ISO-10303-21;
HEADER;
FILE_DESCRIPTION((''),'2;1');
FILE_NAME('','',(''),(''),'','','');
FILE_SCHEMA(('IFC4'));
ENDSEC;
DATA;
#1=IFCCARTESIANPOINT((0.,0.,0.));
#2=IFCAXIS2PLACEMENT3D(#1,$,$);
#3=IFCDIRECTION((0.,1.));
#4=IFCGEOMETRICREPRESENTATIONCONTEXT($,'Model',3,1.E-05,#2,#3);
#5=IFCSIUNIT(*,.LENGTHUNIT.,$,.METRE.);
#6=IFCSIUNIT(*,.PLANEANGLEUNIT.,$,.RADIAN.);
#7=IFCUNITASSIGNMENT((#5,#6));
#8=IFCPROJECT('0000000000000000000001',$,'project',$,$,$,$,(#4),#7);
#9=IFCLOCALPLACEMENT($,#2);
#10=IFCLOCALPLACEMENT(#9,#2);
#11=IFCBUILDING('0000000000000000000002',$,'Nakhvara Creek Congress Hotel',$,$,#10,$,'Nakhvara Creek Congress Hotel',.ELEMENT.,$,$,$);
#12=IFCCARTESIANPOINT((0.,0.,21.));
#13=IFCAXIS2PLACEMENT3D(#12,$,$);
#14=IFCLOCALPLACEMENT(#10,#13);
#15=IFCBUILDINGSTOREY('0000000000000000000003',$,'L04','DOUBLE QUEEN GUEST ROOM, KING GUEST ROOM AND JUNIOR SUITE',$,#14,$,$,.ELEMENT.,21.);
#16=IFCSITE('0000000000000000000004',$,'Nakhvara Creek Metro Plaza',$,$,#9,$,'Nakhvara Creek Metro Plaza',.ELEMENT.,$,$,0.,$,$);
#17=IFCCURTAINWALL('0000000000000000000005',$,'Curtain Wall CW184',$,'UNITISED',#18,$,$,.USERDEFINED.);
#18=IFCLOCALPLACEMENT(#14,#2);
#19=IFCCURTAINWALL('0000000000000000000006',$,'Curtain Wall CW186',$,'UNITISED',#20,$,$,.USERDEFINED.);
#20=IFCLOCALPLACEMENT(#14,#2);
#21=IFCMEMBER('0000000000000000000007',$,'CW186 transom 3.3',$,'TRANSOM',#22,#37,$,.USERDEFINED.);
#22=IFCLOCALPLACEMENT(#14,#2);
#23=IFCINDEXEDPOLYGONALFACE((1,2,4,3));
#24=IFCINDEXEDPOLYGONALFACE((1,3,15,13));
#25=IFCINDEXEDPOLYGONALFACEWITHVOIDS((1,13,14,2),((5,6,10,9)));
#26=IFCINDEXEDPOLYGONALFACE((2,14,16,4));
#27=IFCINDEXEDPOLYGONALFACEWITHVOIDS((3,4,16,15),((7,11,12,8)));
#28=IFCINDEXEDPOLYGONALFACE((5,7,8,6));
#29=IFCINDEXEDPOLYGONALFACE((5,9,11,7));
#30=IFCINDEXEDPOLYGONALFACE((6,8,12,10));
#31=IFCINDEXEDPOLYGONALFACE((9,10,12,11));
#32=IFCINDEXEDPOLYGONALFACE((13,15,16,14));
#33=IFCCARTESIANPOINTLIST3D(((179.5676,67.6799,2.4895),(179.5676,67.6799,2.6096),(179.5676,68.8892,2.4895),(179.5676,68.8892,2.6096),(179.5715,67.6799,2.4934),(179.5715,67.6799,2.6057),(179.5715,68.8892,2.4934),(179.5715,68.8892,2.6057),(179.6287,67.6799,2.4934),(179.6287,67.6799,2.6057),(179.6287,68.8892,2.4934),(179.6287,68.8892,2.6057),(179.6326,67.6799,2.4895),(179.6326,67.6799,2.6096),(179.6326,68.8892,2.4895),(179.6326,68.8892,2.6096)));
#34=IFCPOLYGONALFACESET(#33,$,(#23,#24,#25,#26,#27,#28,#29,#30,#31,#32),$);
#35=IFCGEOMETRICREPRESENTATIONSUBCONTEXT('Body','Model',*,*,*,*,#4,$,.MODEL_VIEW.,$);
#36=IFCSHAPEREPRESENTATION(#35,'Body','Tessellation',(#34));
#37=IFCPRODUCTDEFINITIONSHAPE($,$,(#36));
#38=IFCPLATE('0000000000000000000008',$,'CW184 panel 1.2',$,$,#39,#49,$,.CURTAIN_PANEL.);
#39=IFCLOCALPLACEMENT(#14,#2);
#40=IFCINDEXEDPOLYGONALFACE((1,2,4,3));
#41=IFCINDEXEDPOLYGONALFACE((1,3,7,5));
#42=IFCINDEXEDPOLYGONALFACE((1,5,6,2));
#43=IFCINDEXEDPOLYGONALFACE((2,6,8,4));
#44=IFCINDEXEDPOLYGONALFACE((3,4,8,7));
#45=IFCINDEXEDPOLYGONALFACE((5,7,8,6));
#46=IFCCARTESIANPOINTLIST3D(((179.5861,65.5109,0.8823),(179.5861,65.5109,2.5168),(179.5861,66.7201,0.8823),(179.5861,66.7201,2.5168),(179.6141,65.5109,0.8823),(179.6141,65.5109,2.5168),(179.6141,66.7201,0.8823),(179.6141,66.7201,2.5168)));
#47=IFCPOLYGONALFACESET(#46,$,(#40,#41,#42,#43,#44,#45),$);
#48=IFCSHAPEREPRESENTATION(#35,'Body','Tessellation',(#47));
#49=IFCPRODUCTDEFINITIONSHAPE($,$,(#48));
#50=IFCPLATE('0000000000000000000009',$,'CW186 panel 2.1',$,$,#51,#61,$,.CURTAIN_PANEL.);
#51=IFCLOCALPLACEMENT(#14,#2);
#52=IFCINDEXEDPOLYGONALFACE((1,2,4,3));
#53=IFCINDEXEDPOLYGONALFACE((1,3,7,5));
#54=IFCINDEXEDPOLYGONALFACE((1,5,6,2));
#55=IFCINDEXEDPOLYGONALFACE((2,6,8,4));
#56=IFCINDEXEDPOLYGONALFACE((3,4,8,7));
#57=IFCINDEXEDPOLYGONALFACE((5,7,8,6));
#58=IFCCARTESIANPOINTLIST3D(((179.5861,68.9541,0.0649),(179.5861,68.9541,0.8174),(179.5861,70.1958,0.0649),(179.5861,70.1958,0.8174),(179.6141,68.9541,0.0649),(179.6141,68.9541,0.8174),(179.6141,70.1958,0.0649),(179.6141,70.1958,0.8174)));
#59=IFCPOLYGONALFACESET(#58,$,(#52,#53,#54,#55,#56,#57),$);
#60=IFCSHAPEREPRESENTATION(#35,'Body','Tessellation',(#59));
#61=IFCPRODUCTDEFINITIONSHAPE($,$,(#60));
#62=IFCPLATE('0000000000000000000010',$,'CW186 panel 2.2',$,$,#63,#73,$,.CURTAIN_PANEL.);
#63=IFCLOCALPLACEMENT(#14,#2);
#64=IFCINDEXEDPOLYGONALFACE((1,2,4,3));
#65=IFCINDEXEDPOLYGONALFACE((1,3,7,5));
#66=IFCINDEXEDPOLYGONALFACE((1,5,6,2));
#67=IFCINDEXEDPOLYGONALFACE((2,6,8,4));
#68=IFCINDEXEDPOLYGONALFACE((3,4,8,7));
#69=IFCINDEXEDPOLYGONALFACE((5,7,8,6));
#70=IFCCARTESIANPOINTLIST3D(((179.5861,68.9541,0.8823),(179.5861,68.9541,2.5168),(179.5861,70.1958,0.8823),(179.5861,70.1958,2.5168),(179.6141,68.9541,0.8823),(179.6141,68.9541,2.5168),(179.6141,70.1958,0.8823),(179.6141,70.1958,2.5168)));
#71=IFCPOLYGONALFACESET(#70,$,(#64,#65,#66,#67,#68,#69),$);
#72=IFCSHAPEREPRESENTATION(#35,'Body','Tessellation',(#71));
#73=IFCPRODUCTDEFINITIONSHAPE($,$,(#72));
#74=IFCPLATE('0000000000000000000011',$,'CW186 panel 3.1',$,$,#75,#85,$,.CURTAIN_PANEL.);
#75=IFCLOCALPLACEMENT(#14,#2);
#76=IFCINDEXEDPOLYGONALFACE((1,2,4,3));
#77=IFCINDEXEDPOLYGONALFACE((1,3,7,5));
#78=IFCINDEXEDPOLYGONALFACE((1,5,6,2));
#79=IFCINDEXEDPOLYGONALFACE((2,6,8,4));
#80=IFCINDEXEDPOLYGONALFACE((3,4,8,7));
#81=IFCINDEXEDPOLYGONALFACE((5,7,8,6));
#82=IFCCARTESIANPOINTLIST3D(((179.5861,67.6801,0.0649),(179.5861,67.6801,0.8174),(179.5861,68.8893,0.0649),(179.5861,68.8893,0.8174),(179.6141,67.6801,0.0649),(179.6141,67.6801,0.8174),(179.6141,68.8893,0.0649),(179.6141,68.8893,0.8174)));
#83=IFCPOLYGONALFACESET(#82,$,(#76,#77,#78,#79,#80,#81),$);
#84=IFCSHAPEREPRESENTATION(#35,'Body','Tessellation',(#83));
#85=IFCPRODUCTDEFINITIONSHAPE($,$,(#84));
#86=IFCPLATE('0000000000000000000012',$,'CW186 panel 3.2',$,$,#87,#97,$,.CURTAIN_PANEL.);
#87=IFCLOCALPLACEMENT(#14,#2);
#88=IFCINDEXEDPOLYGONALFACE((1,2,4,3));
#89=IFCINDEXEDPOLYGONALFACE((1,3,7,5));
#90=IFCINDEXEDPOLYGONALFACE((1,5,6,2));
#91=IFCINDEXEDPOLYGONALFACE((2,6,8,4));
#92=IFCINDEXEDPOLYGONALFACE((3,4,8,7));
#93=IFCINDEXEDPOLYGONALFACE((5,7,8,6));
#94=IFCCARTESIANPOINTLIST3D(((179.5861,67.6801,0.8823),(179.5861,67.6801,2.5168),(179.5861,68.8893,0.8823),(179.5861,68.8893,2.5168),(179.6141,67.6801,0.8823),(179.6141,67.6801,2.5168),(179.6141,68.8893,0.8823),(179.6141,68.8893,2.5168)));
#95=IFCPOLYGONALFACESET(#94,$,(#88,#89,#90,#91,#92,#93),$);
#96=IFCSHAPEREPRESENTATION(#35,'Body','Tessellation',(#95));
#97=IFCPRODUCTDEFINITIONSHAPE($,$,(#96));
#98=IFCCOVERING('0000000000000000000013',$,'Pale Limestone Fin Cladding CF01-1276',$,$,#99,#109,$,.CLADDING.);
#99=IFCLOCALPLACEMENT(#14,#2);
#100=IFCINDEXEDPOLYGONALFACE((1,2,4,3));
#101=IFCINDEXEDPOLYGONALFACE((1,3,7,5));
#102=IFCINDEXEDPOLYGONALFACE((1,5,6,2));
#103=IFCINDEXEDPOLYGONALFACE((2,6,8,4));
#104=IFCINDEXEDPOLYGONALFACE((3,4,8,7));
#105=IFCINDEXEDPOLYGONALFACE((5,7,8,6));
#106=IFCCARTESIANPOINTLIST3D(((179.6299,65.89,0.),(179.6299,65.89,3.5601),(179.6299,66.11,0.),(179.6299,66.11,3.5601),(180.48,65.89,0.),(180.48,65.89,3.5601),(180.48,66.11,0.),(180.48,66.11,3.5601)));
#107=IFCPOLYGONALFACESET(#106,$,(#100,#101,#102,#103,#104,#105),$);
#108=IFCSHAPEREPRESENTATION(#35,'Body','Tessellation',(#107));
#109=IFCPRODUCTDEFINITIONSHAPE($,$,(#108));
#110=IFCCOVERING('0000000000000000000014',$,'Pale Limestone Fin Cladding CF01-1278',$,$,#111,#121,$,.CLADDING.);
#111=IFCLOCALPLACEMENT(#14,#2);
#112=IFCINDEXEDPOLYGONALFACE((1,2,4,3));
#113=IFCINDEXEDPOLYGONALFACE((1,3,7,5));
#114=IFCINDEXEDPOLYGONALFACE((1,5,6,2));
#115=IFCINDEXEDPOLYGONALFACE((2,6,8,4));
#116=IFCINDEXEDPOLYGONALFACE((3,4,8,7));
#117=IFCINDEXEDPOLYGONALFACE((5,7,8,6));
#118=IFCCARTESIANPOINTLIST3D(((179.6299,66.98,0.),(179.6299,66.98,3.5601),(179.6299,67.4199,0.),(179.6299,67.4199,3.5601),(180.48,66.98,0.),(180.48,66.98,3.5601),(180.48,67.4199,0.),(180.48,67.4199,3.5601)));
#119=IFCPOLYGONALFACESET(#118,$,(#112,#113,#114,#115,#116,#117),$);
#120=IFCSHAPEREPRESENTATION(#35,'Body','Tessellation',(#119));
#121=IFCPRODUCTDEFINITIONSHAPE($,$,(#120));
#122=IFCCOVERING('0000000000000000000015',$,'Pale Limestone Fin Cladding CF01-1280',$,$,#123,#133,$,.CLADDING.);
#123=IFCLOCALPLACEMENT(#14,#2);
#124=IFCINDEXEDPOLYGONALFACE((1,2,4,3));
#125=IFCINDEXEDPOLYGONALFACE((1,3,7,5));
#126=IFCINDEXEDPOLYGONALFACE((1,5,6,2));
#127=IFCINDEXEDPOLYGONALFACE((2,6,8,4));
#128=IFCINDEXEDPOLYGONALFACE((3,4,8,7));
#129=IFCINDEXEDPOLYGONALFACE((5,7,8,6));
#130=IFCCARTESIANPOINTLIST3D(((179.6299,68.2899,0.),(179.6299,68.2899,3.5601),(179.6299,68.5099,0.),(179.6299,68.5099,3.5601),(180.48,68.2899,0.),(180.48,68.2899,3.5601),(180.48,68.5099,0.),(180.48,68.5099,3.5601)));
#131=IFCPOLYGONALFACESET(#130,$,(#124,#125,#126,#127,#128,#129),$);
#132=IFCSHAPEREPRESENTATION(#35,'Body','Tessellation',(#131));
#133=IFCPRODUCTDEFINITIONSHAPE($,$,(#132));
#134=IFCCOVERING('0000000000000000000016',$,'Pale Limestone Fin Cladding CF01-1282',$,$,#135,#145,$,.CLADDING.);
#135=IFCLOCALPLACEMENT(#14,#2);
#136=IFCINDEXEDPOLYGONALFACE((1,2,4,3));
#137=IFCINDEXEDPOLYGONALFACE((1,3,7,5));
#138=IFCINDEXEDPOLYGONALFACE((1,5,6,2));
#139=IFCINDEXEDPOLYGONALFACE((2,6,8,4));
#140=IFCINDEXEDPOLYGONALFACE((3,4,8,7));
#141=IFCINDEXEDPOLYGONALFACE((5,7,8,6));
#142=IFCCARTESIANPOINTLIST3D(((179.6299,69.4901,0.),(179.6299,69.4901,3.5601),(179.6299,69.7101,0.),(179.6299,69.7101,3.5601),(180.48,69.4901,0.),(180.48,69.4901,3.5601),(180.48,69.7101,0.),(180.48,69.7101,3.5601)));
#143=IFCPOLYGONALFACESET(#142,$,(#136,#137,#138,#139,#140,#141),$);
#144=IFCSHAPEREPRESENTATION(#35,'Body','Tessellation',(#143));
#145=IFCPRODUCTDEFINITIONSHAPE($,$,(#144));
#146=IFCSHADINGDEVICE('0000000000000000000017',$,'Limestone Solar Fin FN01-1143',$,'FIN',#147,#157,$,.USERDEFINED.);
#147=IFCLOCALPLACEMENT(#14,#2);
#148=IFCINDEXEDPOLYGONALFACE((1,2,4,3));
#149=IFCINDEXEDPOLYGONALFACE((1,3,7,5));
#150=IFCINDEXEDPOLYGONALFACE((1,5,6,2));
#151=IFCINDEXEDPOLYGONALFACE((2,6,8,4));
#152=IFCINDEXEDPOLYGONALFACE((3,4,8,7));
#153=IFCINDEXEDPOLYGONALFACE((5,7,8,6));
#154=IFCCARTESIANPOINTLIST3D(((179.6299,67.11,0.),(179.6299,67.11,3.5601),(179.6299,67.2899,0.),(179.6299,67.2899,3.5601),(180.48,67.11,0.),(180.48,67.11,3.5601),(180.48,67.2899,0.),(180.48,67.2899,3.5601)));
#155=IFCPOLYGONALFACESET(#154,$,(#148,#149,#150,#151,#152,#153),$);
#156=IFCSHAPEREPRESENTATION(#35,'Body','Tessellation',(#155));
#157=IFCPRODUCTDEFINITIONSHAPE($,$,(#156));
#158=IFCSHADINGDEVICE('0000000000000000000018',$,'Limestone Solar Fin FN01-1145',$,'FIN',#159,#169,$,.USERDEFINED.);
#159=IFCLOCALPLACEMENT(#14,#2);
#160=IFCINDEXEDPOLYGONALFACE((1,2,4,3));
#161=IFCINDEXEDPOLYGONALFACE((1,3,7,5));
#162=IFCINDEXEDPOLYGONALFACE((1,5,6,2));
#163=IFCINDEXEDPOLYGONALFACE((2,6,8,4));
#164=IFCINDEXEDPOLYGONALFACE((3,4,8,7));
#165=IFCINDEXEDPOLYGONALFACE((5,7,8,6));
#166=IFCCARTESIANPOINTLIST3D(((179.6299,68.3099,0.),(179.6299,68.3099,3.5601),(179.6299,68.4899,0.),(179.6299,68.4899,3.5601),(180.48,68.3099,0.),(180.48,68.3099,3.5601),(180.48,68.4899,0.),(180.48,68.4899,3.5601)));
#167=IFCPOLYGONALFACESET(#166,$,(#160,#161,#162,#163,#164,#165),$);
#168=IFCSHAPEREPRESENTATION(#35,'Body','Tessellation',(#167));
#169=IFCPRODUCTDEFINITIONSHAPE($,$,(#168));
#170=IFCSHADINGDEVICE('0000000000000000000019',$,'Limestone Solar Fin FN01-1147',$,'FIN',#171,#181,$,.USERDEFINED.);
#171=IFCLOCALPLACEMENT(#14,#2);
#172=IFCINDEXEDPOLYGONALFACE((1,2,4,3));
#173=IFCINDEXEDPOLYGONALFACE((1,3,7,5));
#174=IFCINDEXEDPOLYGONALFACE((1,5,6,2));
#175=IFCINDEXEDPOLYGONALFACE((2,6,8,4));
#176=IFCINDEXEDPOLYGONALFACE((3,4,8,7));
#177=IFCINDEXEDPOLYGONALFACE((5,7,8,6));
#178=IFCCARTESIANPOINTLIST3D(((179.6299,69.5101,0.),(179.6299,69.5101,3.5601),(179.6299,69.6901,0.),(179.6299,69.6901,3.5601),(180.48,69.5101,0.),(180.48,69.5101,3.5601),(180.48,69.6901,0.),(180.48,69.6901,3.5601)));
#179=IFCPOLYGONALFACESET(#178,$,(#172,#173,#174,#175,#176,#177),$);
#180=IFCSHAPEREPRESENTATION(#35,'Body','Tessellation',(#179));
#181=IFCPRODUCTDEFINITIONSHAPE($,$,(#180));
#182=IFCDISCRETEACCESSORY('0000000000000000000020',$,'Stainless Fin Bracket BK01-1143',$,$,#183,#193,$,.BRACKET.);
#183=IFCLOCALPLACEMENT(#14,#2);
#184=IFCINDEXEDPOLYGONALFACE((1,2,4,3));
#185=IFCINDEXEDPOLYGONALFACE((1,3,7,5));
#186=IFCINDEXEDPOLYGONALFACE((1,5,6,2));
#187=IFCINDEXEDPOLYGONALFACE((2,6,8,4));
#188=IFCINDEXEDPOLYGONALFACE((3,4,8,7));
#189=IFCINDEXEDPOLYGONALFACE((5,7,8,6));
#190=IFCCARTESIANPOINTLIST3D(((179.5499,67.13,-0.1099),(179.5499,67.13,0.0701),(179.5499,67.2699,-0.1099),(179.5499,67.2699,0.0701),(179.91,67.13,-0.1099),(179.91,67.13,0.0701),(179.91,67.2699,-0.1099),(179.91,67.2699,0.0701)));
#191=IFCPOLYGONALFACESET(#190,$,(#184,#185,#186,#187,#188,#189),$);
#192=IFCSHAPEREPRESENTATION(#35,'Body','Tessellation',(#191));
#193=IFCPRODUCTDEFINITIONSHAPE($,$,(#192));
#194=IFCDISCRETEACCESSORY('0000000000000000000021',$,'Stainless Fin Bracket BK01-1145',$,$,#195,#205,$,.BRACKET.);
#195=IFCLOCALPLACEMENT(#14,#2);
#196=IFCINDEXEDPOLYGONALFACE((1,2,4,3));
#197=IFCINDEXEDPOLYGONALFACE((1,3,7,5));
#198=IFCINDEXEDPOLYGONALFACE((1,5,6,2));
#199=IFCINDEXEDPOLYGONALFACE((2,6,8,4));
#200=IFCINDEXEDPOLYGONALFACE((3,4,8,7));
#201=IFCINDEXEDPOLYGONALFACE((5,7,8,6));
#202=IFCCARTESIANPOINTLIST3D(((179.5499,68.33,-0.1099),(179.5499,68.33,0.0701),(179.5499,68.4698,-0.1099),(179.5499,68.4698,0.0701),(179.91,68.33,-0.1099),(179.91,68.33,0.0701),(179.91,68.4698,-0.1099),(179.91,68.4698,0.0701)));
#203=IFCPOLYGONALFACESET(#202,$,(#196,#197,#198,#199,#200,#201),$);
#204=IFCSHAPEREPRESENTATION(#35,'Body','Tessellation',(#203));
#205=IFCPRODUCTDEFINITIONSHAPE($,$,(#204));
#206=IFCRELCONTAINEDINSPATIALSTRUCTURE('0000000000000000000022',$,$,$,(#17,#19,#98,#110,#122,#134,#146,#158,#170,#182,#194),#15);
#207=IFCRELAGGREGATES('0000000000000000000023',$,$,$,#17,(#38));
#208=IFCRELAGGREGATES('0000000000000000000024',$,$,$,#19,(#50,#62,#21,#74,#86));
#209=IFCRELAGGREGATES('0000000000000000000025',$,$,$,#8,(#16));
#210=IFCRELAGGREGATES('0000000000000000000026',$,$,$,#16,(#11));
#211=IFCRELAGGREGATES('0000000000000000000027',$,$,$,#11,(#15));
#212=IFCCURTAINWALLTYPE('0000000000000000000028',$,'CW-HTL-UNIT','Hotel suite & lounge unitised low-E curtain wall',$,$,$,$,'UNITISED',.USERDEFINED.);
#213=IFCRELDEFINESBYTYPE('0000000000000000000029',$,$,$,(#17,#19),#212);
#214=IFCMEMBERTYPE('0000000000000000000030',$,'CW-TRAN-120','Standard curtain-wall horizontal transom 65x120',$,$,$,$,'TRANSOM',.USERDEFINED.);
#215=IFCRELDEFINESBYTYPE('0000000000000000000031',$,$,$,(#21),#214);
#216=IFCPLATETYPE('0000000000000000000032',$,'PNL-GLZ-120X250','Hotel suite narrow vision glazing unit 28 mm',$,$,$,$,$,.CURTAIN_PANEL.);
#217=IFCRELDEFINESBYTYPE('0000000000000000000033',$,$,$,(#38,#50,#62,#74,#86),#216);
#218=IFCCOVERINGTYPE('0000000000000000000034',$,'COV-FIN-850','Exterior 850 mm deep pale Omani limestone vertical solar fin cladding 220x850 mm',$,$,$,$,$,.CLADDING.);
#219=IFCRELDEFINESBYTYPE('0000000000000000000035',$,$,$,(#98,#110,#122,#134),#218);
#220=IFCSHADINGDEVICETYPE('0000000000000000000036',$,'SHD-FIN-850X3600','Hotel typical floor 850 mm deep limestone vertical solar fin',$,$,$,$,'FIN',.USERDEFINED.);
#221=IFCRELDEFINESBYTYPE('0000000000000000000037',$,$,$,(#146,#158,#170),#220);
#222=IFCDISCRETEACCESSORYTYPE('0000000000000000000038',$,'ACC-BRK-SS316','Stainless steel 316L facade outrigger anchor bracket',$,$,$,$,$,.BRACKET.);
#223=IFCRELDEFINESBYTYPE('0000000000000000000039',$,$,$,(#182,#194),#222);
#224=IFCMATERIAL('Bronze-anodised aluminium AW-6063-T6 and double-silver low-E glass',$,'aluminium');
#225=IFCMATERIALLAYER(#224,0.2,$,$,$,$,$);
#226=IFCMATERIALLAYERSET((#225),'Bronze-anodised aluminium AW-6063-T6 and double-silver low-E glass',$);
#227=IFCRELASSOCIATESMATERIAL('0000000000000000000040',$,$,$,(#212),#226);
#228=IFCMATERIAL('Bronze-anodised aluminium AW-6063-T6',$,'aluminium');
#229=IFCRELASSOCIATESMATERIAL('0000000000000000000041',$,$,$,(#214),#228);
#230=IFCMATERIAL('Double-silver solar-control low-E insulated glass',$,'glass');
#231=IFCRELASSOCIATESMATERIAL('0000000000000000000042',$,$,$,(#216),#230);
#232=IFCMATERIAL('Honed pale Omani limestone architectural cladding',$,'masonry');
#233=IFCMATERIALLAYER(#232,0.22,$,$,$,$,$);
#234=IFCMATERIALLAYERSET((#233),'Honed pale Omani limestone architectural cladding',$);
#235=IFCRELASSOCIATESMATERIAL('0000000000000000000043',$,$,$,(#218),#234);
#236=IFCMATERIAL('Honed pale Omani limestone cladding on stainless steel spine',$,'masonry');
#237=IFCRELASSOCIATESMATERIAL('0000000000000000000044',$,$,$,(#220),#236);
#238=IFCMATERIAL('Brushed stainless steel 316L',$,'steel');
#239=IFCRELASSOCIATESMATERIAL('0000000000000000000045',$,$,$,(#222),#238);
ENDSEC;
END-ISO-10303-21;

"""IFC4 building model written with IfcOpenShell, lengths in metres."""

from ifc_helpers import new_model, si_unit, direction, frame, origin, origin_2d, place, context, subcontext, project, spatial, rectangle, hollow_rectangle, extrude, material, layer, layer_set, material_profile, profile_set, type_object, element, aggregate, save


model = new_model("IFC4")

# Units and contexts
model_context = context("Model", 3, precision=1e-05, world=origin(), true_north=direction((0.0, 1.0)))
body_context = subcontext(model_context, "Body", "Model", "MODEL_VIEW")
ifc_project = project(units=[si_unit("LENGTHUNIT", "METRE"), si_unit("PLANEANGLEUNIT", "RADIAN")], contexts=[model_context])

# Site, building, storey
site_placement = place(None, origin())
site = spatial("IfcSite", under=ifc_project, at=site_placement, Name="Nakhvara Creek Metro Plaza", LongName="Nakhvara Creek Metro Plaza", CompositionType="ELEMENT", RefElevation=0.0)
building_placement = place(site_placement, origin())
building = spatial("IfcBuilding", under=site, at=building_placement, Name="Nakhvara Creek Congress Hotel", LongName="Nakhvara Creek Congress Hotel", CompositionType="ELEMENT")
storey_placement = place(building_placement, frame((0.0, 0.0, 21.0)))
storey = spatial("IfcBuildingStorey", under=building, at=storey_placement, Name="L04", Description="DOUBLE QUEEN GUEST ROOM, KING GUEST ROOM AND JUNIOR SUITE", CompositionType="ELEMENT", Elevation=21.0)

# Curtain wall
ifc_material_1 = material(Name="Bronze-anodised aluminium AW-6063-T6 and double-silver low-E glass", Category="aluminium")
ifc_layer_1 = layer(ifc_material_1, 0.2)
ifc_layer_set_1 = layer_set([ifc_layer_1], Name="Bronze-anodised aluminium AW-6063-T6 and double-silver low-E glass")
curtain_wall_type = type_object("IfcCurtainWallType", Name="CW-HTL-UNIT", Description="Hotel suite & lounge unitised low-E curtain wall", ElementType="UNITISED", PredefinedType="USERDEFINED", material=ifc_layer_set_1)
curtain_wall_1_placement = place(storey_placement, origin())
curtain_wall_1 = element("IfcCurtainWall", 1, at=curtain_wall_1_placement, inside=storey, type_object=curtain_wall_type, Name="Curtain Wall CW184", ObjectType="UNITISED", PredefinedType="USERDEFINED")
ifc_material_2 = material(Name="Bronze-anodised aluminium AW-6063-T6", Category="aluminium")

# Curtain wall
curtain_wall_2_placement = place(storey_placement, origin())
curtain_wall_2 = element("IfcCurtainWall", 2, at=curtain_wall_2_placement, inside=storey, type_object=curtain_wall_type, Name="Curtain Wall CW186", ObjectType="UNITISED", PredefinedType="USERDEFINED")

# Member
ifc_material_profile_1 = material_profile(ifc_material_2, hollow_rectangle(XDim=0.0649, YDim=0.1201, WallThickness=0.0039, at=origin_2d()), Name="ALU-TRAN 65x120x4", Category="LoadBearing")
ifc_profile_set_1 = profile_set([ifc_material_profile_1], Name="Bronze-anodised aluminium AW-6063-T6")
member_type_1 = type_object("IfcMemberType", Name="CW-TRAN-120", Description="Standard curtain-wall horizontal transom 65x120", ElementType="TRANSOM", PredefinedType="USERDEFINED", material=ifc_profile_set_1)
member_1_placement = place(storey_placement, frame((179.6001, 68.8892, 2.5496), z_axis=(0.0, -1.0, 0.0), x_axis=(1.0, 0.0, 0.0)))
member_1 = element("IfcMember", 3, at=member_1_placement, type_object=member_type_1, Name="CW186 transom 3.3", ObjectType="TRANSOM", PredefinedType="USERDEFINED", context=body_context, shape_type="SweptSolid", body=[
    extrude(hollow_rectangle(XDim=0.0649, YDim=0.1201, WallThickness=0.0039, at=origin_2d()), origin(), (0.0, 0.0, 1.0), 1.2092),
])

# Plates
ifc_material_3 = material(Name="Double-silver solar-control low-E insulated glass", Category="glass")
plate_type = type_object("IfcPlateType", Name="PNL-GLZ-120X250", Description="Hotel suite narrow vision glazing unit 28 mm", PredefinedType="CURTAIN_PANEL", material=ifc_material_3)
plate_1_placement = place(storey_placement, frame((179.6001, 66.1155, 0.8823), z_axis=(0.0, 0.0, 1.0), x_axis=(0.0, -1.0, 0.0)))
plate_1 = element("IfcPlate", 4, at=plate_1_placement, type_object=plate_type, Name="CW184 panel 1.2", PredefinedType="CURTAIN_PANEL", context=body_context, shape_type="SweptSolid", body=[
    extrude(rectangle(XDim=1.2092, YDim=0.0281, at=origin_2d()), origin(), (0.0, 0.0, 1.0), 1.6345),
])
aggregate(curtain_wall_1, [plate_1])
plate_2_placement = place(storey_placement, frame((179.6001, 69.575, 0.0649), z_axis=(0.0, 0.0, 1.0), x_axis=(0.0, -1.0, 0.0)))
plate_2 = element("IfcPlate", 5, at=plate_2_placement, type_object=plate_type, Name="CW186 panel 2.1", PredefinedType="CURTAIN_PANEL", context=body_context, shape_type="SweptSolid", body=[
    extrude(rectangle(XDim=1.2417, YDim=0.0281, at=origin_2d()), origin(), (0.0, 0.0, 1.0), 0.7524),
])
plate_3_placement = place(storey_placement, frame((179.6001, 69.575, 0.8823), z_axis=(0.0, 0.0, 1.0), x_axis=(0.0, -1.0, 0.0)))
plate_3 = element("IfcPlate", 6, at=plate_3_placement, type_object=plate_type, Name="CW186 panel 2.2", PredefinedType="CURTAIN_PANEL", context=body_context, shape_type="SweptSolid", body=[
    extrude(rectangle(XDim=1.2417, YDim=0.0281, at=origin_2d()), origin(), (0.0, 0.0, 1.0), 1.6345),
])
plate_4_placement = place(storey_placement, frame((179.6001, 68.2847, 0.0649), z_axis=(0.0, 0.0, 1.0), x_axis=(0.0, -1.0, 0.0)))
plate_4 = element("IfcPlate", 7, at=plate_4_placement, type_object=plate_type, Name="CW186 panel 3.1", PredefinedType="CURTAIN_PANEL", context=body_context, shape_type="SweptSolid", body=[
    extrude(rectangle(XDim=1.2092, YDim=0.0281, at=origin_2d()), origin(), (0.0, 0.0, 1.0), 0.7524),
])
plate_5_placement = place(storey_placement, frame((179.6001, 68.2847, 0.8823), z_axis=(0.0, 0.0, 1.0), x_axis=(0.0, -1.0, 0.0)))
plate_5 = element("IfcPlate", 8, at=plate_5_placement, type_object=plate_type, Name="CW186 panel 3.2", PredefinedType="CURTAIN_PANEL", context=body_context, shape_type="SweptSolid", body=[
    extrude(rectangle(XDim=1.2092, YDim=0.0281, at=origin_2d()), origin(), (0.0, 0.0, 1.0), 1.6345),
])
aggregate(curtain_wall_2, [plate_2, plate_3, member_1, plate_4, plate_5])

# Coverings
ifc_material_4 = material(Name="Honed pale Omani limestone architectural cladding", Category="masonry")
ifc_layer_2 = layer(ifc_material_4, 0.22)
ifc_layer_set_2 = layer_set([ifc_layer_2], Name="Honed pale Omani limestone architectural cladding")
covering_type = type_object("IfcCoveringType", Name="COV-FIN-850", Description="Exterior 850 mm deep pale Omani limestone vertical solar fin cladding 220x850 mm", PredefinedType="CLADDING", material=ifc_layer_set_2)
covering_1_placement = place(storey_placement, frame((180.0549, 66.0, 0.0), z_axis=(0.0, 0.0, 1.0), x_axis=(0.0, 1.0, 0.0)))
element("IfcCovering", 9, at=covering_1_placement, inside=storey, type_object=covering_type, Name="Pale Limestone Fin Cladding CF01-1276", PredefinedType="CLADDING", context=body_context, shape_type="SweptSolid", body=[
    extrude(rectangle(XDim=0.22, YDim=0.8501, at=origin_2d()), origin(), (0.0, 0.0, 1.0), 3.5601),
])
covering_2_placement = place(storey_placement, frame((180.0549, 67.2, 0.0), z_axis=(0.0, 0.0, 1.0), x_axis=(0.0, 1.0, 0.0)))
element("IfcCovering", 10, at=covering_2_placement, inside=storey, type_object=covering_type, Name="Pale Limestone Fin Cladding CF01-1278", PredefinedType="CLADDING", context=body_context, shape_type="SweptSolid", body=[
    extrude(rectangle(XDim=0.4399, YDim=0.8501, at=origin_2d()), origin(), (0.0, 0.0, 1.0), 3.5601),
])
for number, where, z_axis, x_axis, name in (
    (11, (180.0549, 68.3999, 0.0), (0.0, 0.0, 1.0), (0.0, 1.0, 0.0), "Pale Limestone Fin Cladding CF01-1280"),
    (12, (180.0549, 69.6001, 0.0), (0.0, 0.0, 1.0), (0.0, 1.0, 0.0), "Pale Limestone Fin Cladding CF01-1282"),
):
    element("IfcCovering", number, at=place(storey_placement, frame(where, z_axis=z_axis, x_axis=x_axis)), inside=storey, type_object=covering_type, Name=name, PredefinedType="CLADDING", context=body_context, shape_type="SweptSolid", body=[
        extrude(rectangle(XDim=0.22, YDim=0.8501, at=origin_2d()), origin(), (0.0, 0.0, 1.0), 3.5601),
    ])

# Shading devices
ifc_material_5 = material(Name="Honed pale Omani limestone cladding on stainless steel spine", Category="masonry")
shading_device_type = type_object("IfcShadingDeviceType", Name="SHD-FIN-850X3600", Description="Hotel typical floor 850 mm deep limestone vertical solar fin", ElementType="FIN", PredefinedType="USERDEFINED", material=ifc_material_5)
for number, where, z_axis, x_axis, name in (
    (13, (180.0549, 67.2, 0.0), (0.0, 0.0, 1.0), (0.0, 1.0, 0.0), "Limestone Solar Fin FN01-1143"),
    (14, (180.0549, 68.3999, 0.0), (0.0, 0.0, 1.0), (0.0, 1.0, 0.0), "Limestone Solar Fin FN01-1145"),
    (15, (180.0549, 69.6001, 0.0), (0.0, 0.0, 1.0), (0.0, 1.0, 0.0), "Limestone Solar Fin FN01-1147"),
):
    element("IfcShadingDevice", number, at=place(storey_placement, frame(where, z_axis=z_axis, x_axis=x_axis)), inside=storey, type_object=shading_device_type, Name=name, ObjectType="FIN", PredefinedType="USERDEFINED", context=body_context, shape_type="SweptSolid", body=[
        extrude(rectangle(XDim=0.1799, YDim=0.8501, at=origin_2d()), origin(), (0.0, 0.0, 1.0), 3.5601),
    ])

# Discrete accessories
ifc_material_6 = material(Name="Brushed stainless steel 316L", Category="steel")
discrete_accessory_type = type_object("IfcDiscreteAccessoryType", Name="ACC-BRK-SS316", Description="Stainless steel 316L facade outrigger anchor bracket", PredefinedType="BRACKET", material=ifc_material_6)
for number, where, z_axis, x_axis, name in (
    (16, (179.73, 67.2, -0.1099), (0.0, 0.0, 1.0), (0.0, 1.0, 0.0), "Stainless Fin Bracket BK01-1143"),
    (17, (179.73, 68.3999, -0.1099), (0.0, 0.0, 1.0), (0.0, 1.0, 0.0), "Stainless Fin Bracket BK01-1145"),
):
    element("IfcDiscreteAccessory", number, at=place(storey_placement, frame(where, z_axis=z_axis, x_axis=x_axis)), inside=storey, type_object=discrete_accessory_type, Name=name, PredefinedType="BRACKET", context=body_context, shape_type="SweptSolid", body=[
        extrude(rectangle(XDim=0.1399, YDim=0.3601, at=origin_2d()), origin(), (0.0, 0.0, 1.0), 0.1799),
    ])

save(model, "model.ifc")
